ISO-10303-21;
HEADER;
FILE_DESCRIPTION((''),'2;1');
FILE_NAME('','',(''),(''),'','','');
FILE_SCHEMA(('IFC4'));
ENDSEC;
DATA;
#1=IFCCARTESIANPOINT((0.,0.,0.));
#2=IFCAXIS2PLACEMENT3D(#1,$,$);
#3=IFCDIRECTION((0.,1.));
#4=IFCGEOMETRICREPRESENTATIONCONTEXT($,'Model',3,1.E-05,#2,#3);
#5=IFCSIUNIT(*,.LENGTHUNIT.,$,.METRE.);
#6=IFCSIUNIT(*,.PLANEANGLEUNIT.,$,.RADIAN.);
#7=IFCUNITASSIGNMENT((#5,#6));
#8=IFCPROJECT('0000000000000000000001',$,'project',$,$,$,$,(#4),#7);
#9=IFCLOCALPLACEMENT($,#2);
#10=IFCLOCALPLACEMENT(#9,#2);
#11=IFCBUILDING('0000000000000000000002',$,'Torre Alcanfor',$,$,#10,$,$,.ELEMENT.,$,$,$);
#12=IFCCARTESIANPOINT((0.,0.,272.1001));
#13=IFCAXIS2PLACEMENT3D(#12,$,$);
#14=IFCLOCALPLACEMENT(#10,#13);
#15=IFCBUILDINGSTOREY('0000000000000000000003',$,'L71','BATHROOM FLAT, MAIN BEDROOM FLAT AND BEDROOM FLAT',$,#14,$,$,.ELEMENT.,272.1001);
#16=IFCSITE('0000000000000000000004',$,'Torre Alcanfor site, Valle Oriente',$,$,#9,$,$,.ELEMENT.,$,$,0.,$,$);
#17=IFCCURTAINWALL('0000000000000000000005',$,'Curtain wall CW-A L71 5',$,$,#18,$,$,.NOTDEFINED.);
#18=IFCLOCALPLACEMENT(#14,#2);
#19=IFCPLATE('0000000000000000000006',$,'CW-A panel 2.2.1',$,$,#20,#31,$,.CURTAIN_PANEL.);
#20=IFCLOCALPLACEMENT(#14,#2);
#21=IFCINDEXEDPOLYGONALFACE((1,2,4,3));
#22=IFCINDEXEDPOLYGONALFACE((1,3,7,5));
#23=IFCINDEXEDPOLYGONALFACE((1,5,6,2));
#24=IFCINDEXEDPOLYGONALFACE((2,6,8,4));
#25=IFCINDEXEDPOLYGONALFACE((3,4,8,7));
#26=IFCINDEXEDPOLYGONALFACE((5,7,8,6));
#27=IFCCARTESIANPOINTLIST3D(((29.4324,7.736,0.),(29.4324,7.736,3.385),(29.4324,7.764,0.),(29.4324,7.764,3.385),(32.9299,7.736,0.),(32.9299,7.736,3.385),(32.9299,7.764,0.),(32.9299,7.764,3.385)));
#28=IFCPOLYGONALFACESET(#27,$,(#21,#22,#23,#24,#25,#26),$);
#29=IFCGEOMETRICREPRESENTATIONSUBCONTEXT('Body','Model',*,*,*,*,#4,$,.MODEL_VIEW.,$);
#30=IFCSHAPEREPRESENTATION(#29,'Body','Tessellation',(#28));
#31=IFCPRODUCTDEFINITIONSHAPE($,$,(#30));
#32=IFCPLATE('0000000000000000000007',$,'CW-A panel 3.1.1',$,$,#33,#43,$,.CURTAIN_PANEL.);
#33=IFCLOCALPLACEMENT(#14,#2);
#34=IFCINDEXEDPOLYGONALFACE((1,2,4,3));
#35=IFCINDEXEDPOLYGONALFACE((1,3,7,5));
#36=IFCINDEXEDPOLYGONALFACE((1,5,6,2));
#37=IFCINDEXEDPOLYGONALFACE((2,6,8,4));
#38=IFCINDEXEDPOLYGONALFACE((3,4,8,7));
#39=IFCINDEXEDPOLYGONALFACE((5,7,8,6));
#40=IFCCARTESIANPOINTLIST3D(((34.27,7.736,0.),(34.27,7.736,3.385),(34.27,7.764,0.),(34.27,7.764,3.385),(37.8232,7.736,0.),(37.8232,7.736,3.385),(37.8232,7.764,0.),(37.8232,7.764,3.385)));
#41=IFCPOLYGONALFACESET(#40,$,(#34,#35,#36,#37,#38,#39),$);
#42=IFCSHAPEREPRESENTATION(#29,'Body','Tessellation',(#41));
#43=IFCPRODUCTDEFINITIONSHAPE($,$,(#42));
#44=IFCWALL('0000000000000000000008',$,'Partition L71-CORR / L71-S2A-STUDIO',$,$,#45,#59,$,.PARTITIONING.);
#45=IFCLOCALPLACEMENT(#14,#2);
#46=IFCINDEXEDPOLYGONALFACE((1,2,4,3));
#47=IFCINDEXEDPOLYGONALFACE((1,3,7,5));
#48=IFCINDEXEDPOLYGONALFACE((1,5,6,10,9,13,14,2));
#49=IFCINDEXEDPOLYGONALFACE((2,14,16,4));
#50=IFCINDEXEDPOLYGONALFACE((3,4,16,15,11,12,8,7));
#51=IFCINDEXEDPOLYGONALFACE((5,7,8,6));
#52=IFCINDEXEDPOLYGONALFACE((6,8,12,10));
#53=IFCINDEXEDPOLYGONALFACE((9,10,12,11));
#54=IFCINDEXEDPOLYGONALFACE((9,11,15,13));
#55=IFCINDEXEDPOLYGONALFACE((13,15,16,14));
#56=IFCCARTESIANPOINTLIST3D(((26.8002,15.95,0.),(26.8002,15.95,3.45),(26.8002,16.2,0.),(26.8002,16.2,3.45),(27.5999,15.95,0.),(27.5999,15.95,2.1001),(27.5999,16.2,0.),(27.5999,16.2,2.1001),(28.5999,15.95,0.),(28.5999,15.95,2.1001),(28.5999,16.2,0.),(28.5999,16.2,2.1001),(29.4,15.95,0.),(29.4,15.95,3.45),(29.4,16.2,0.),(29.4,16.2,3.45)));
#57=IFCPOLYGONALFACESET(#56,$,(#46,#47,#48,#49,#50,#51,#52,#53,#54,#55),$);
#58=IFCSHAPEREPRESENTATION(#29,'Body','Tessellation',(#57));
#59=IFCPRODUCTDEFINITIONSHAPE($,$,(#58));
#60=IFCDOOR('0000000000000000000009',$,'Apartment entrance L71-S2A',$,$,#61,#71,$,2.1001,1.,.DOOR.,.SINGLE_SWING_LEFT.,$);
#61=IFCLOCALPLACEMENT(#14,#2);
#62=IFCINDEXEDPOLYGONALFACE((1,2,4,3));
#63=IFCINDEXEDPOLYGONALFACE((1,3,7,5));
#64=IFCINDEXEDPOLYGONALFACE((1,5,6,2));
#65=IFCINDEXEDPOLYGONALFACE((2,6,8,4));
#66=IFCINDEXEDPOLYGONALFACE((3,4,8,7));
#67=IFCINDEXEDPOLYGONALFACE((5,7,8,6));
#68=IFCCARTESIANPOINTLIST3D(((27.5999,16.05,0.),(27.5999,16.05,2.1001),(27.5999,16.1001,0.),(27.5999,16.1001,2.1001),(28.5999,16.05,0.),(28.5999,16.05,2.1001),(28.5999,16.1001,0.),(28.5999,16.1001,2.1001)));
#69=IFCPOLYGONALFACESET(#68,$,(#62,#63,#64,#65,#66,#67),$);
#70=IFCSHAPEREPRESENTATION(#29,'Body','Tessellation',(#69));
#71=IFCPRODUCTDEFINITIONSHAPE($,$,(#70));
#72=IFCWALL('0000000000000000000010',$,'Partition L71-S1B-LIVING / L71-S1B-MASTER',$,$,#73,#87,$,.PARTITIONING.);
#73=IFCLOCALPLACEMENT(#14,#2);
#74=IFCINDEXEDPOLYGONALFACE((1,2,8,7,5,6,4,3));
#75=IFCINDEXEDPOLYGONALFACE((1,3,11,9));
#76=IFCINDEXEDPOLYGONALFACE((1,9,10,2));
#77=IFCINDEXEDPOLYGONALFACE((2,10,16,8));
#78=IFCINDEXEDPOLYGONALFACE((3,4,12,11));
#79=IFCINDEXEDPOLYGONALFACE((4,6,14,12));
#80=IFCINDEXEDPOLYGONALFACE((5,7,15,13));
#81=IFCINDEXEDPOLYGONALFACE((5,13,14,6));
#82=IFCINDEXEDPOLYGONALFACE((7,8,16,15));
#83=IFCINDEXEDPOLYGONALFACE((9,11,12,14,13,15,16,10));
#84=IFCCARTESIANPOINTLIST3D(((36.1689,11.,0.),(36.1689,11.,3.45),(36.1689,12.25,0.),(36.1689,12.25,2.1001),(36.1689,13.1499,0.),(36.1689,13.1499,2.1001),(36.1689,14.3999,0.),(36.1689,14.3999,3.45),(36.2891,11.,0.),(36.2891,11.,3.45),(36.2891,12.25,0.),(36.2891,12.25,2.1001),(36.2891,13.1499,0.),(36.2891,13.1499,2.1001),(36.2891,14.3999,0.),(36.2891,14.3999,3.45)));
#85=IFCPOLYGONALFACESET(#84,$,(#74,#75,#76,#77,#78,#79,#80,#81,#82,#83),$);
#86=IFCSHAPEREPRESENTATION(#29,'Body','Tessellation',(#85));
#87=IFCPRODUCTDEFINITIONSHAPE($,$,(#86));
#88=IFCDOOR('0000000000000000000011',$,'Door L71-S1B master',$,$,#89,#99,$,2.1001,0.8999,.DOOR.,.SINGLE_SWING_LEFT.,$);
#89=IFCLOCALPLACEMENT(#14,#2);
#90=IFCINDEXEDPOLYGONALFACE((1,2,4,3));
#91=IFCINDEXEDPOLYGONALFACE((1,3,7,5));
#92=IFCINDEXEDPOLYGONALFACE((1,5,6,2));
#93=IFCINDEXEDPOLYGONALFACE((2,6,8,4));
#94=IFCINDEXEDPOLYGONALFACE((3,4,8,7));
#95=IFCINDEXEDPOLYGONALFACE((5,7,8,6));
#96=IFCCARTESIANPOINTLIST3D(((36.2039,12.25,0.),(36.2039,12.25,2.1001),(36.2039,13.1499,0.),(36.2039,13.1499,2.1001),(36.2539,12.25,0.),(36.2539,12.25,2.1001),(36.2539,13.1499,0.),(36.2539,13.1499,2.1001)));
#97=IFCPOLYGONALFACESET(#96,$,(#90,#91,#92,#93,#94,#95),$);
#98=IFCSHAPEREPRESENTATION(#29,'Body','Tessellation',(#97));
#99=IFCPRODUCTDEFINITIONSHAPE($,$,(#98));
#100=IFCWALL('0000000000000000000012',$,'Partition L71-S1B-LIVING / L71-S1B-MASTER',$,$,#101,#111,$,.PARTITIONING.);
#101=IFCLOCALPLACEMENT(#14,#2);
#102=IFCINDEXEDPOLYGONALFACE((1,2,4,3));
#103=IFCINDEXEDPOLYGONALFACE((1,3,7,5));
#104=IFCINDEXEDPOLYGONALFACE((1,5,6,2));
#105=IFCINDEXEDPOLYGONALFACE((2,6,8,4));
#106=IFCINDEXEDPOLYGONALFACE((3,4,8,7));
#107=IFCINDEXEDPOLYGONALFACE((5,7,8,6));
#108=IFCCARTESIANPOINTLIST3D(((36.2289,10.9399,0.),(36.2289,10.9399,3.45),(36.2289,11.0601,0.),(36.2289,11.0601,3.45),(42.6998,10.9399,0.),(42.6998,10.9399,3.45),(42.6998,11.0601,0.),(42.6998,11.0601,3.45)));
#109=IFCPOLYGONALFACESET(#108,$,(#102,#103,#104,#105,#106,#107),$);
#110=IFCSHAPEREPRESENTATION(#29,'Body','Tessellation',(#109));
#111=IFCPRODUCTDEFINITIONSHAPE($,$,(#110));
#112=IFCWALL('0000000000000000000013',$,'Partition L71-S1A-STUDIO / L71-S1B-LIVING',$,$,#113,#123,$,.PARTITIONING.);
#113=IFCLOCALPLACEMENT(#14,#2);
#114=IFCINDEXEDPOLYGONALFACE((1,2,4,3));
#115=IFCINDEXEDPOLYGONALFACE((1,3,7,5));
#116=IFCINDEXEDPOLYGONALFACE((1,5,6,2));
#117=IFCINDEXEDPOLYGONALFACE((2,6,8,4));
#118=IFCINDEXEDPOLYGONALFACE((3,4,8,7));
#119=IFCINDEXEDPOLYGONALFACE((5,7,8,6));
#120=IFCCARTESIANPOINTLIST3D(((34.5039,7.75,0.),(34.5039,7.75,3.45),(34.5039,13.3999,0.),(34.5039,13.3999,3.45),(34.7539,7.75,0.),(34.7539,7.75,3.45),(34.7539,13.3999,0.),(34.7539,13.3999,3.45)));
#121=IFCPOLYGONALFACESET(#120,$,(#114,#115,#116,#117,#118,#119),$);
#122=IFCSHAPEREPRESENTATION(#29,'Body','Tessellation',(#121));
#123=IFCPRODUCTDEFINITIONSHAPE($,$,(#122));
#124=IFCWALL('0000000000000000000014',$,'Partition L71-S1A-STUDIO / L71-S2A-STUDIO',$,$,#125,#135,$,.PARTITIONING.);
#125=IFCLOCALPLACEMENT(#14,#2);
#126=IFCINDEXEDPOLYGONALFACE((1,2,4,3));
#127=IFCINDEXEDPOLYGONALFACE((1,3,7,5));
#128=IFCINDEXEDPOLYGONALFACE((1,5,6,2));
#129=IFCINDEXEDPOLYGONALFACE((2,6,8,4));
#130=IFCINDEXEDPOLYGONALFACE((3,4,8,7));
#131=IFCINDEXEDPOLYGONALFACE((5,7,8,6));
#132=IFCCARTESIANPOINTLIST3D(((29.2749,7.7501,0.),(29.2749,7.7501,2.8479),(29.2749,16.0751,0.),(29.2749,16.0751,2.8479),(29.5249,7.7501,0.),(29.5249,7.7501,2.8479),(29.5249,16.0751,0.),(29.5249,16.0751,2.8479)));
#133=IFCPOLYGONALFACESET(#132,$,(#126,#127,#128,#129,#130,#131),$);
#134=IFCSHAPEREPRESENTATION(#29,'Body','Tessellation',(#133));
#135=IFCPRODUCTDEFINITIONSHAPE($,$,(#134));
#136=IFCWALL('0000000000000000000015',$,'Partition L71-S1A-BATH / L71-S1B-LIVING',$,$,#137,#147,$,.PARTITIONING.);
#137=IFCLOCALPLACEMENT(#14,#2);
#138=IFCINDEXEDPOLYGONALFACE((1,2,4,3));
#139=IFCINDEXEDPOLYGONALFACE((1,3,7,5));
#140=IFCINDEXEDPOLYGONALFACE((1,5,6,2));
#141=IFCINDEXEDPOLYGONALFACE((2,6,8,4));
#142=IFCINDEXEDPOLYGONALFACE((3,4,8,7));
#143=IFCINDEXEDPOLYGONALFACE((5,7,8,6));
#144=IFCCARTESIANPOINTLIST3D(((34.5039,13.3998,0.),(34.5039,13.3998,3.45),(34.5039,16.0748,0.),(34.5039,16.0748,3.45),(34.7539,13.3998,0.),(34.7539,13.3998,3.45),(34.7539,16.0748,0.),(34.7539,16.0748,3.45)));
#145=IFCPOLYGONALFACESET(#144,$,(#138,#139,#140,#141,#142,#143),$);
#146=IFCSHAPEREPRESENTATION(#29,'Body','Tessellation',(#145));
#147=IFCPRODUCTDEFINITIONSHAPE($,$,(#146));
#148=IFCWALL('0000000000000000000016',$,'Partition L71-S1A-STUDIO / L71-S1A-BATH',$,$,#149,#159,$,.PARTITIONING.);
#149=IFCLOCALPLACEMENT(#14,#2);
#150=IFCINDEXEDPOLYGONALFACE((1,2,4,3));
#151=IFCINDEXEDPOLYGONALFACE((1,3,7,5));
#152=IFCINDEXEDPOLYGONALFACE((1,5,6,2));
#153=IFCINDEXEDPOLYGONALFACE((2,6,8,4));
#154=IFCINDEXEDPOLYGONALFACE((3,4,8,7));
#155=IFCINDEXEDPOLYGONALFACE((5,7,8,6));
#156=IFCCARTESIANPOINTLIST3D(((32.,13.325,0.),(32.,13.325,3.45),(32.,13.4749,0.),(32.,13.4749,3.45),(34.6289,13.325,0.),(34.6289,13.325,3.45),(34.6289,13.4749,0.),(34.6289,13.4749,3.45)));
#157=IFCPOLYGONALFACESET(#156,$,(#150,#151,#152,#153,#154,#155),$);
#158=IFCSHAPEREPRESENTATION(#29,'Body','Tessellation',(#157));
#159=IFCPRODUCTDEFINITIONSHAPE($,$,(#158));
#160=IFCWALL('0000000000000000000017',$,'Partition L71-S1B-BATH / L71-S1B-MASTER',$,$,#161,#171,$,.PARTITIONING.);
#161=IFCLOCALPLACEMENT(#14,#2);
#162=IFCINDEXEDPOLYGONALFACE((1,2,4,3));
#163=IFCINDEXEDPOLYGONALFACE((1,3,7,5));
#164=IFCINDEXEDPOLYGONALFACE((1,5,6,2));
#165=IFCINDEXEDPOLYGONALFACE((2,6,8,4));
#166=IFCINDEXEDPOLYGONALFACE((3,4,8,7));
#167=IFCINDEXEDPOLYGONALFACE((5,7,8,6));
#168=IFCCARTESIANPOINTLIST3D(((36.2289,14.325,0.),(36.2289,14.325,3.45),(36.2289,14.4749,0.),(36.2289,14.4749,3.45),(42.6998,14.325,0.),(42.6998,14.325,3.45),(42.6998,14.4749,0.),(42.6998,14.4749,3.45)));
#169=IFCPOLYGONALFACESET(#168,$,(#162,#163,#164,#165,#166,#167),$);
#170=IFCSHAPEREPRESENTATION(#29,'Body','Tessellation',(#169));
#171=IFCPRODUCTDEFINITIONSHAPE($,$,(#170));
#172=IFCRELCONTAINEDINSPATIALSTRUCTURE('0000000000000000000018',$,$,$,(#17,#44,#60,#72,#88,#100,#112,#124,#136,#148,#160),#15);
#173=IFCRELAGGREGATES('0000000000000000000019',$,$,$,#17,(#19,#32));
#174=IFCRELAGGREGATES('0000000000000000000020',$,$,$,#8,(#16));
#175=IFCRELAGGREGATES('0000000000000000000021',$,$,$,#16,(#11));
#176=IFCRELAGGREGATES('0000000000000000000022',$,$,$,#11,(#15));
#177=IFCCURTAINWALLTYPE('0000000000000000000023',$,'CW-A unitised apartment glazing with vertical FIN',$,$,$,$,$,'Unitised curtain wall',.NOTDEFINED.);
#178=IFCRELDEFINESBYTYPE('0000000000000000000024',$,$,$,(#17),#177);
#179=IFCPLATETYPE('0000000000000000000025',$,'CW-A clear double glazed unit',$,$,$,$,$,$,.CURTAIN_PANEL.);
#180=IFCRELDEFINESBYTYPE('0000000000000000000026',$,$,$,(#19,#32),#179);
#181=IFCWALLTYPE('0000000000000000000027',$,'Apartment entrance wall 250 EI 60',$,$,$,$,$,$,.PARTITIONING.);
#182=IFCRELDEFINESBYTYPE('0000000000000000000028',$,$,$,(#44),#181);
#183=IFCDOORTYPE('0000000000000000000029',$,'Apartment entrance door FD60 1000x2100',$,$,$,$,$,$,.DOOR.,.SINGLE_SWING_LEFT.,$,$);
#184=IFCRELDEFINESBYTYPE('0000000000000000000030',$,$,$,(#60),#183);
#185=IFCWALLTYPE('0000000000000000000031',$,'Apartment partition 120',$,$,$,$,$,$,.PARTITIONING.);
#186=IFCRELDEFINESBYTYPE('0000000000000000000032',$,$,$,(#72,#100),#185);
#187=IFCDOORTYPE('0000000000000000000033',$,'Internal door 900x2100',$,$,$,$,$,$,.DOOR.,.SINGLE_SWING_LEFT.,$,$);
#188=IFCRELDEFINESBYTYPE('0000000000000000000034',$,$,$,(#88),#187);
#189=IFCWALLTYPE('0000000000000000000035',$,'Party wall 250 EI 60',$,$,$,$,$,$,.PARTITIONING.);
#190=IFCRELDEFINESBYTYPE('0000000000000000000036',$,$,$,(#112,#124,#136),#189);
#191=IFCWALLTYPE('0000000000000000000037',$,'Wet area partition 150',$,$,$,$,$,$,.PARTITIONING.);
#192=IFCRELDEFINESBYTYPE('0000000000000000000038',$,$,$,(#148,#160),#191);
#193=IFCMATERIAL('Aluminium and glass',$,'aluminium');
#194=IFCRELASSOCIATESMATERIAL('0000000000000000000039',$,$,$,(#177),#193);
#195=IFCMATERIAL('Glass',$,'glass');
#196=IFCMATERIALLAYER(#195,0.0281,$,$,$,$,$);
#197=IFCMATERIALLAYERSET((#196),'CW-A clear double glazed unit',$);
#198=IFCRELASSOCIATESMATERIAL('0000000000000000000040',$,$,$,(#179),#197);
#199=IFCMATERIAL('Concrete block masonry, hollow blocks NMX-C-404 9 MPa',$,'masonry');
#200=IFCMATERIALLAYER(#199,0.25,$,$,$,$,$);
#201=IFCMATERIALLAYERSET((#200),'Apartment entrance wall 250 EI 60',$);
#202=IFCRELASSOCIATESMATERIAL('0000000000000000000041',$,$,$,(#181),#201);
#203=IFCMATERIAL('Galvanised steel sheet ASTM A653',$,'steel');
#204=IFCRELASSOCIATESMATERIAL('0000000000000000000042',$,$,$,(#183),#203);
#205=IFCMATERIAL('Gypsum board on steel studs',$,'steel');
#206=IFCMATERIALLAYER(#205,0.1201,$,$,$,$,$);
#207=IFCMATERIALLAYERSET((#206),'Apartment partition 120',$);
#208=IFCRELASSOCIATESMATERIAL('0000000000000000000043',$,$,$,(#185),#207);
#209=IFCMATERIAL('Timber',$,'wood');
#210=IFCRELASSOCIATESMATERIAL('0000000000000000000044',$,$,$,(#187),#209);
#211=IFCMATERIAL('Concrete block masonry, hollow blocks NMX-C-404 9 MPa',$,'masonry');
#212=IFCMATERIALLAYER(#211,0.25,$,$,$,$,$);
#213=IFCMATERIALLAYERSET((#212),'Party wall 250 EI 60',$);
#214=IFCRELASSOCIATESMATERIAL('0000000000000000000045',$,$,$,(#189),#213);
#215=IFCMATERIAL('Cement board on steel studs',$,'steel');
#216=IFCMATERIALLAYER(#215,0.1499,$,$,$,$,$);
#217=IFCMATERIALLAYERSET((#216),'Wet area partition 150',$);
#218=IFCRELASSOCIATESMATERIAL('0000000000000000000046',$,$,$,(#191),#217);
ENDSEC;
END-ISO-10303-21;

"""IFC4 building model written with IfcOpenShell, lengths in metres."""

from ifc_helpers import new_model, si_unit, direction, frame, frame_2d, origin, origin_2d, place, context, subcontext, project, spatial, rectangle, extrude, material, layer, layer_set, type_object, element, fill, aggregate, save


model = new_model("IFC4")

# Units and contexts
model_context = context("Model", 3, precision=1e-05, world=origin(), true_north=direction((0.0, 1.0)))
body_context = subcontext(model_context, "Body", "Model", "MODEL_VIEW")
ifc_project = project(units=[si_unit("LENGTHUNIT", "METRE"), si_unit("PLANEANGLEUNIT", "RADIAN")], contexts=[model_context])

# Site, building, storey
site_placement = place(None, origin())
site = spatial("IfcSite", under=ifc_project, at=site_placement, Name="Torre Alcanfor site, Valle Oriente", CompositionType="ELEMENT", RefElevation=0.0)
building_placement = place(site_placement, origin())
building = spatial("IfcBuilding", under=site, at=building_placement, Name="Torre Alcanfor", CompositionType="ELEMENT")
storey_placement = place(building_placement, frame((0.0, 0.0, 272.1001)))
storey = spatial("IfcBuildingStorey", under=building, at=storey_placement, Name="L71", Description="BATHROOM FLAT, MAIN BEDROOM FLAT AND BEDROOM FLAT", CompositionType="ELEMENT", Elevation=272.1001)

# Curtain wall
ifc_material_1 = material(Name="Aluminium and glass", Category="aluminium")
curtain_wall_type = type_object("IfcCurtainWallType", Name="CW-A unitised apartment glazing with vertical FIN", ElementType="Unitised curtain wall", PredefinedType="NOTDEFINED", material=ifc_material_1)
curtain_wall_placement = place(storey_placement, origin())
curtain_wall = element("IfcCurtainWall", 1, at=curtain_wall_placement, inside=storey, type_object=curtain_wall_type, Name="Curtain wall CW-A L71 5", PredefinedType="NOTDEFINED")

# Plates
ifc_material_2 = material(Name="Glass", Category="glass")
ifc_layer_1 = layer(ifc_material_2, 0.0281)
ifc_layer_set_1 = layer_set([ifc_layer_1], Name="CW-A clear double glazed unit")
plate_type = type_object("IfcPlateType", Name="CW-A clear double glazed unit", PredefinedType="CURTAIN_PANEL", material=ifc_layer_set_1)
plate_1_placement = place(storey_placement, frame((31.1812, 7.75, 0.0), z_axis=(0.0, 0.0, 1.0), x_axis=(1.0, 0.0, 0.0)))
plate_1 = element("IfcPlate", 2, at=plate_1_placement, type_object=plate_type, Name="CW-A panel 2.2.1", PredefinedType="CURTAIN_PANEL", context=body_context, shape_type="SweptSolid", body=[
    extrude(rectangle(XDim=3.4976, YDim=0.0281, at=origin_2d()), origin(), (0.0, 0.0, 1.0), 3.385),
])
plate_2_placement = place(storey_placement, frame((36.0466, 7.75, 0.0), z_axis=(0.0, 0.0, 1.0), x_axis=(1.0, 0.0, 0.0)))
plate_2 = element("IfcPlate", 3, at=plate_2_placement, type_object=plate_type, Name="CW-A panel 3.1.1", PredefinedType="CURTAIN_PANEL", context=body_context, shape_type="SweptSolid", body=[
    extrude(rectangle(XDim=3.5532, YDim=0.0281, at=origin_2d()), origin(), (0.0, 0.0, 1.0), 3.385),
])
aggregate(curtain_wall, [plate_1, plate_2])

# Walls, openings, doors
ifc_material_3 = material(Name="Concrete block masonry, hollow blocks NMX-C-404 9 MPa", Category="masonry")
ifc_layer_2 = layer(ifc_material_3, 0.25)
ifc_layer_set_2 = layer_set([ifc_layer_2], Name="Apartment entrance wall 250 EI 60")
wall_type_1 = type_object("IfcWallType", Name="Apartment entrance wall 250 EI 60", PredefinedType="PARTITIONING", material=ifc_layer_set_2)
wall_1_placement = place(storey_placement, frame((29.3999, 16.075, 0.0), z_axis=(0.0, 0.0, 1.0), x_axis=(-1.0, 0.0, 0.0)))
wall_1 = element("IfcWall", 4, at=wall_1_placement, inside=storey, type_object=wall_type_1, Name="Partition L71-CORR / L71-S2A-STUDIO", PredefinedType="PARTITIONING", context=body_context, shape_type="SweptSolid", body=[
    extrude(rectangle(XDim=2.5999, YDim=0.25, at=frame_2d((1.2998, 0.0))), origin(), (0.0, 0.0, 1.0), 3.45),
])
opening_1_placement = place(wall_1_placement, frame((0.8, 0.0, 0.0)))
opening_1 = element("IfcOpeningElement", 5, at=opening_1_placement, cuts=wall_1, PredefinedType="OPENING", context=body_context, shape_type="SweptSolid", body=[
    extrude(rectangle(XDim=1.0, YDim=2.1001, at=frame_2d((0.5, 1.05))), frame((0.0, 0.135, 0.0), z_axis=(0.0, -1.0, 0.0), x_axis=(1.0, 0.0, 0.0)), (0.0, 0.0, 1.0), 0.27),
])
ifc_material_4 = material(Name="Galvanised steel sheet ASTM A653", Category="steel")
door_type_1 = type_object("IfcDoorType", Name="Apartment entrance door FD60 1000x2100", OperationType="SINGLE_SWING_LEFT", PredefinedType="DOOR", material=ifc_material_4)
door_1_placement = place(opening_1_placement, origin())
door_1 = element("IfcDoor", 6, at=door_1_placement, inside=storey, type_object=door_type_1, Name="Apartment entrance L71-S2A", OperationType="SINGLE_SWING_LEFT", OverallHeight=2.1001, OverallWidth=1.0, PredefinedType="DOOR", context=body_context, shape_type="SweptSolid", body=[
    extrude(rectangle(XDim=1.0, YDim=2.1001, at=frame_2d((0.5, 1.05))), frame((0.0, 0.0249, 0.0), z_axis=(0.0, -1.0, 0.0), x_axis=(1.0, 0.0, 0.0)), (0.0, 0.0, 1.0), 0.05),
])
fill(opening_1, door_1)
ifc_material_5 = material(Name="Gypsum board on steel studs", Category="steel")
ifc_layer_3 = layer(ifc_material_5, 0.1201)
ifc_layer_set_3 = layer_set([ifc_layer_3], Name="Apartment partition 120")
wall_type_2 = type_object("IfcWallType", Name="Apartment partition 120", PredefinedType="PARTITIONING", material=ifc_layer_set_3)
wall_2_placement = place(storey_placement, frame((36.229, 14.3999, 0.0), z_axis=(0.0, 0.0, 1.0), x_axis=(0.0, -1.0, 0.0)))
wall_2 = element("IfcWall", 7, at=wall_2_placement, inside=storey, type_object=wall_type_2, Name="Partition L71-S1B-LIVING / L71-S1B-MASTER", PredefinedType="PARTITIONING", context=body_context, shape_type="SweptSolid", body=[
    extrude(rectangle(XDim=3.3999, YDim=0.1201, at=frame_2d((1.7, 0.0))), origin(), (0.0, 0.0, 1.0), 3.45),
])
opening_2_placement = place(wall_2_placement, frame((1.25, 0.0, 0.0)))
opening_2 = element("IfcOpeningElement", 8, at=opening_2_placement, cuts=wall_2, PredefinedType="OPENING", context=body_context, shape_type="SweptSolid", body=[
    extrude(rectangle(XDim=0.8999, YDim=2.1001, at=frame_2d((0.45, 1.05))), frame((0.0, 0.0701, 0.0), z_axis=(0.0, -1.0, 0.0), x_axis=(1.0, 0.0, 0.0)), (0.0, 0.0, 1.0), 0.1401),
])
ifc_material_6 = material(Name="Timber", Category="wood")
door_type_2 = type_object("IfcDoorType", Name="Internal door 900x2100", OperationType="SINGLE_SWING_LEFT", PredefinedType="DOOR", material=ifc_material_6)
door_2_placement = place(opening_2_placement, origin())
door_2 = element("IfcDoor", 9, at=door_2_placement, inside=storey, type_object=door_type_2, Name="Door L71-S1B master", OperationType="SINGLE_SWING_LEFT", OverallHeight=2.1001, OverallWidth=0.8999, PredefinedType="DOOR", context=body_context, shape_type="SweptSolid", body=[
    extrude(rectangle(XDim=0.8999, YDim=2.1001, at=frame_2d((0.45, 1.05))), frame((0.0, 0.0249, 0.0), z_axis=(0.0, -1.0, 0.0), x_axis=(1.0, 0.0, 0.0)), (0.0, 0.0, 1.0), 0.05),
])
fill(opening_2, door_2)

# Walls
wall_3_placement = place(storey_placement, frame((36.229, 11.0, 0.0), z_axis=(0.0, 0.0, 1.0), x_axis=(1.0, 0.0, 0.0)))
element("IfcWall", 10, at=wall_3_placement, inside=storey, type_object=wall_type_2, Name="Partition L71-S1B-LIVING / L71-S1B-MASTER", PredefinedType="PARTITIONING", context=body_context, shape_type="SweptSolid", body=[
    extrude(rectangle(XDim=6.4709, YDim=0.1201, at=frame_2d((3.2354, 0.0))), origin(), (0.0, 0.0, 1.0), 3.45),
])
ifc_material_7 = material(Name="Concrete block masonry, hollow blocks NMX-C-404 9 MPa", Category="masonry")
ifc_layer_4 = layer(ifc_material_7, 0.25)
ifc_layer_set_4 = layer_set([ifc_layer_4], Name="Party wall 250 EI 60")
wall_type_3 = type_object("IfcWallType", Name="Party wall 250 EI 60", PredefinedType="PARTITIONING", material=ifc_layer_set_4)
wall_4_placement = place(storey_placement, frame((34.6289, 13.3999, 0.0), z_axis=(0.0, 0.0, 1.0), x_axis=(0.0, -1.0, 0.0)))
element("IfcWall", 11, at=wall_4_placement, inside=storey, type_object=wall_type_3, Name="Partition L71-S1A-STUDIO / L71-S1B-LIVING", PredefinedType="PARTITIONING", context=body_context, shape_type="SweptSolid", body=[
    extrude(rectangle(XDim=5.6499, YDim=0.25, at=frame_2d((2.825, 0.0))), origin(), (0.0, 0.0, 1.0), 3.45),
])
wall_5_placement = place(storey_placement, frame((29.3999, 7.75, 0.0), z_axis=(0.0, 0.0, 1.0), x_axis=(0.0, 1.0, 0.0)))
element("IfcWall", 12, at=wall_5_placement, inside=storey, type_object=wall_type_3, Name="Partition L71-S1A-STUDIO / L71-S2A-STUDIO", PredefinedType="PARTITIONING", context=body_context, shape_type="SweptSolid", body=[
    extrude(rectangle(XDim=8.325, YDim=0.25, at=frame_2d((4.1626, 0.0))), origin(), (0.0, 0.0, 1.0), 2.8479),
])
wall_6_placement = place(storey_placement, frame((34.6289, 13.3999, 0.0), z_axis=(0.0, 0.0, 1.0), x_axis=(0.0, 1.0, 0.0)))
element("IfcWall", 13, at=wall_6_placement, inside=storey, type_object=wall_type_3, Name="Partition L71-S1A-BATH / L71-S1B-LIVING", PredefinedType="PARTITIONING", context=body_context, shape_type="SweptSolid", body=[
    extrude(rectangle(XDim=2.675, YDim=0.25, at=frame_2d((1.3374, 0.0))), origin(), (0.0, 0.0, 1.0), 3.45),
])
ifc_material_8 = material(Name="Cement board on steel studs", Category="steel")
ifc_layer_5 = layer(ifc_material_8, 0.1499)
ifc_layer_set_5 = layer_set([ifc_layer_5], Name="Wet area partition 150")
wall_type_4 = type_object("IfcWallType", Name="Wet area partition 150", PredefinedType="PARTITIONING", material=ifc_layer_set_5)
wall_7_placement = place(storey_placement, frame((32.0, 13.3999, 0.0), z_axis=(0.0, 0.0, 1.0), x_axis=(1.0, 0.0, 0.0)))
element("IfcWall", 14, at=wall_7_placement, inside=storey, type_object=wall_type_4, Name="Partition L71-S1A-STUDIO / L71-S1A-BATH", PredefinedType="PARTITIONING", context=body_context, shape_type="SweptSolid", body=[
    extrude(rectangle(XDim=2.6289, YDim=0.1499, at=frame_2d((1.3145, 0.0))), origin(), (0.0, 0.0, 1.0), 3.45),
])
wall_8_placement = place(storey_placement, frame((36.229, 14.3999, 0.0), z_axis=(0.0, 0.0, 1.0), x_axis=(1.0, 0.0, 0.0)))
element("IfcWall", 15, at=wall_8_placement, inside=storey, type_object=wall_type_4, Name="Partition L71-S1B-BATH / L71-S1B-MASTER", PredefinedType="PARTITIONING", context=body_context, shape_type="SweptSolid", body=[
    extrude(rectangle(XDim=6.4709, YDim=0.1499, at=frame_2d((3.2354, 0.0))), origin(), (0.0, 0.0, 1.0), 3.45),
])

save(model, "model.ifc")
